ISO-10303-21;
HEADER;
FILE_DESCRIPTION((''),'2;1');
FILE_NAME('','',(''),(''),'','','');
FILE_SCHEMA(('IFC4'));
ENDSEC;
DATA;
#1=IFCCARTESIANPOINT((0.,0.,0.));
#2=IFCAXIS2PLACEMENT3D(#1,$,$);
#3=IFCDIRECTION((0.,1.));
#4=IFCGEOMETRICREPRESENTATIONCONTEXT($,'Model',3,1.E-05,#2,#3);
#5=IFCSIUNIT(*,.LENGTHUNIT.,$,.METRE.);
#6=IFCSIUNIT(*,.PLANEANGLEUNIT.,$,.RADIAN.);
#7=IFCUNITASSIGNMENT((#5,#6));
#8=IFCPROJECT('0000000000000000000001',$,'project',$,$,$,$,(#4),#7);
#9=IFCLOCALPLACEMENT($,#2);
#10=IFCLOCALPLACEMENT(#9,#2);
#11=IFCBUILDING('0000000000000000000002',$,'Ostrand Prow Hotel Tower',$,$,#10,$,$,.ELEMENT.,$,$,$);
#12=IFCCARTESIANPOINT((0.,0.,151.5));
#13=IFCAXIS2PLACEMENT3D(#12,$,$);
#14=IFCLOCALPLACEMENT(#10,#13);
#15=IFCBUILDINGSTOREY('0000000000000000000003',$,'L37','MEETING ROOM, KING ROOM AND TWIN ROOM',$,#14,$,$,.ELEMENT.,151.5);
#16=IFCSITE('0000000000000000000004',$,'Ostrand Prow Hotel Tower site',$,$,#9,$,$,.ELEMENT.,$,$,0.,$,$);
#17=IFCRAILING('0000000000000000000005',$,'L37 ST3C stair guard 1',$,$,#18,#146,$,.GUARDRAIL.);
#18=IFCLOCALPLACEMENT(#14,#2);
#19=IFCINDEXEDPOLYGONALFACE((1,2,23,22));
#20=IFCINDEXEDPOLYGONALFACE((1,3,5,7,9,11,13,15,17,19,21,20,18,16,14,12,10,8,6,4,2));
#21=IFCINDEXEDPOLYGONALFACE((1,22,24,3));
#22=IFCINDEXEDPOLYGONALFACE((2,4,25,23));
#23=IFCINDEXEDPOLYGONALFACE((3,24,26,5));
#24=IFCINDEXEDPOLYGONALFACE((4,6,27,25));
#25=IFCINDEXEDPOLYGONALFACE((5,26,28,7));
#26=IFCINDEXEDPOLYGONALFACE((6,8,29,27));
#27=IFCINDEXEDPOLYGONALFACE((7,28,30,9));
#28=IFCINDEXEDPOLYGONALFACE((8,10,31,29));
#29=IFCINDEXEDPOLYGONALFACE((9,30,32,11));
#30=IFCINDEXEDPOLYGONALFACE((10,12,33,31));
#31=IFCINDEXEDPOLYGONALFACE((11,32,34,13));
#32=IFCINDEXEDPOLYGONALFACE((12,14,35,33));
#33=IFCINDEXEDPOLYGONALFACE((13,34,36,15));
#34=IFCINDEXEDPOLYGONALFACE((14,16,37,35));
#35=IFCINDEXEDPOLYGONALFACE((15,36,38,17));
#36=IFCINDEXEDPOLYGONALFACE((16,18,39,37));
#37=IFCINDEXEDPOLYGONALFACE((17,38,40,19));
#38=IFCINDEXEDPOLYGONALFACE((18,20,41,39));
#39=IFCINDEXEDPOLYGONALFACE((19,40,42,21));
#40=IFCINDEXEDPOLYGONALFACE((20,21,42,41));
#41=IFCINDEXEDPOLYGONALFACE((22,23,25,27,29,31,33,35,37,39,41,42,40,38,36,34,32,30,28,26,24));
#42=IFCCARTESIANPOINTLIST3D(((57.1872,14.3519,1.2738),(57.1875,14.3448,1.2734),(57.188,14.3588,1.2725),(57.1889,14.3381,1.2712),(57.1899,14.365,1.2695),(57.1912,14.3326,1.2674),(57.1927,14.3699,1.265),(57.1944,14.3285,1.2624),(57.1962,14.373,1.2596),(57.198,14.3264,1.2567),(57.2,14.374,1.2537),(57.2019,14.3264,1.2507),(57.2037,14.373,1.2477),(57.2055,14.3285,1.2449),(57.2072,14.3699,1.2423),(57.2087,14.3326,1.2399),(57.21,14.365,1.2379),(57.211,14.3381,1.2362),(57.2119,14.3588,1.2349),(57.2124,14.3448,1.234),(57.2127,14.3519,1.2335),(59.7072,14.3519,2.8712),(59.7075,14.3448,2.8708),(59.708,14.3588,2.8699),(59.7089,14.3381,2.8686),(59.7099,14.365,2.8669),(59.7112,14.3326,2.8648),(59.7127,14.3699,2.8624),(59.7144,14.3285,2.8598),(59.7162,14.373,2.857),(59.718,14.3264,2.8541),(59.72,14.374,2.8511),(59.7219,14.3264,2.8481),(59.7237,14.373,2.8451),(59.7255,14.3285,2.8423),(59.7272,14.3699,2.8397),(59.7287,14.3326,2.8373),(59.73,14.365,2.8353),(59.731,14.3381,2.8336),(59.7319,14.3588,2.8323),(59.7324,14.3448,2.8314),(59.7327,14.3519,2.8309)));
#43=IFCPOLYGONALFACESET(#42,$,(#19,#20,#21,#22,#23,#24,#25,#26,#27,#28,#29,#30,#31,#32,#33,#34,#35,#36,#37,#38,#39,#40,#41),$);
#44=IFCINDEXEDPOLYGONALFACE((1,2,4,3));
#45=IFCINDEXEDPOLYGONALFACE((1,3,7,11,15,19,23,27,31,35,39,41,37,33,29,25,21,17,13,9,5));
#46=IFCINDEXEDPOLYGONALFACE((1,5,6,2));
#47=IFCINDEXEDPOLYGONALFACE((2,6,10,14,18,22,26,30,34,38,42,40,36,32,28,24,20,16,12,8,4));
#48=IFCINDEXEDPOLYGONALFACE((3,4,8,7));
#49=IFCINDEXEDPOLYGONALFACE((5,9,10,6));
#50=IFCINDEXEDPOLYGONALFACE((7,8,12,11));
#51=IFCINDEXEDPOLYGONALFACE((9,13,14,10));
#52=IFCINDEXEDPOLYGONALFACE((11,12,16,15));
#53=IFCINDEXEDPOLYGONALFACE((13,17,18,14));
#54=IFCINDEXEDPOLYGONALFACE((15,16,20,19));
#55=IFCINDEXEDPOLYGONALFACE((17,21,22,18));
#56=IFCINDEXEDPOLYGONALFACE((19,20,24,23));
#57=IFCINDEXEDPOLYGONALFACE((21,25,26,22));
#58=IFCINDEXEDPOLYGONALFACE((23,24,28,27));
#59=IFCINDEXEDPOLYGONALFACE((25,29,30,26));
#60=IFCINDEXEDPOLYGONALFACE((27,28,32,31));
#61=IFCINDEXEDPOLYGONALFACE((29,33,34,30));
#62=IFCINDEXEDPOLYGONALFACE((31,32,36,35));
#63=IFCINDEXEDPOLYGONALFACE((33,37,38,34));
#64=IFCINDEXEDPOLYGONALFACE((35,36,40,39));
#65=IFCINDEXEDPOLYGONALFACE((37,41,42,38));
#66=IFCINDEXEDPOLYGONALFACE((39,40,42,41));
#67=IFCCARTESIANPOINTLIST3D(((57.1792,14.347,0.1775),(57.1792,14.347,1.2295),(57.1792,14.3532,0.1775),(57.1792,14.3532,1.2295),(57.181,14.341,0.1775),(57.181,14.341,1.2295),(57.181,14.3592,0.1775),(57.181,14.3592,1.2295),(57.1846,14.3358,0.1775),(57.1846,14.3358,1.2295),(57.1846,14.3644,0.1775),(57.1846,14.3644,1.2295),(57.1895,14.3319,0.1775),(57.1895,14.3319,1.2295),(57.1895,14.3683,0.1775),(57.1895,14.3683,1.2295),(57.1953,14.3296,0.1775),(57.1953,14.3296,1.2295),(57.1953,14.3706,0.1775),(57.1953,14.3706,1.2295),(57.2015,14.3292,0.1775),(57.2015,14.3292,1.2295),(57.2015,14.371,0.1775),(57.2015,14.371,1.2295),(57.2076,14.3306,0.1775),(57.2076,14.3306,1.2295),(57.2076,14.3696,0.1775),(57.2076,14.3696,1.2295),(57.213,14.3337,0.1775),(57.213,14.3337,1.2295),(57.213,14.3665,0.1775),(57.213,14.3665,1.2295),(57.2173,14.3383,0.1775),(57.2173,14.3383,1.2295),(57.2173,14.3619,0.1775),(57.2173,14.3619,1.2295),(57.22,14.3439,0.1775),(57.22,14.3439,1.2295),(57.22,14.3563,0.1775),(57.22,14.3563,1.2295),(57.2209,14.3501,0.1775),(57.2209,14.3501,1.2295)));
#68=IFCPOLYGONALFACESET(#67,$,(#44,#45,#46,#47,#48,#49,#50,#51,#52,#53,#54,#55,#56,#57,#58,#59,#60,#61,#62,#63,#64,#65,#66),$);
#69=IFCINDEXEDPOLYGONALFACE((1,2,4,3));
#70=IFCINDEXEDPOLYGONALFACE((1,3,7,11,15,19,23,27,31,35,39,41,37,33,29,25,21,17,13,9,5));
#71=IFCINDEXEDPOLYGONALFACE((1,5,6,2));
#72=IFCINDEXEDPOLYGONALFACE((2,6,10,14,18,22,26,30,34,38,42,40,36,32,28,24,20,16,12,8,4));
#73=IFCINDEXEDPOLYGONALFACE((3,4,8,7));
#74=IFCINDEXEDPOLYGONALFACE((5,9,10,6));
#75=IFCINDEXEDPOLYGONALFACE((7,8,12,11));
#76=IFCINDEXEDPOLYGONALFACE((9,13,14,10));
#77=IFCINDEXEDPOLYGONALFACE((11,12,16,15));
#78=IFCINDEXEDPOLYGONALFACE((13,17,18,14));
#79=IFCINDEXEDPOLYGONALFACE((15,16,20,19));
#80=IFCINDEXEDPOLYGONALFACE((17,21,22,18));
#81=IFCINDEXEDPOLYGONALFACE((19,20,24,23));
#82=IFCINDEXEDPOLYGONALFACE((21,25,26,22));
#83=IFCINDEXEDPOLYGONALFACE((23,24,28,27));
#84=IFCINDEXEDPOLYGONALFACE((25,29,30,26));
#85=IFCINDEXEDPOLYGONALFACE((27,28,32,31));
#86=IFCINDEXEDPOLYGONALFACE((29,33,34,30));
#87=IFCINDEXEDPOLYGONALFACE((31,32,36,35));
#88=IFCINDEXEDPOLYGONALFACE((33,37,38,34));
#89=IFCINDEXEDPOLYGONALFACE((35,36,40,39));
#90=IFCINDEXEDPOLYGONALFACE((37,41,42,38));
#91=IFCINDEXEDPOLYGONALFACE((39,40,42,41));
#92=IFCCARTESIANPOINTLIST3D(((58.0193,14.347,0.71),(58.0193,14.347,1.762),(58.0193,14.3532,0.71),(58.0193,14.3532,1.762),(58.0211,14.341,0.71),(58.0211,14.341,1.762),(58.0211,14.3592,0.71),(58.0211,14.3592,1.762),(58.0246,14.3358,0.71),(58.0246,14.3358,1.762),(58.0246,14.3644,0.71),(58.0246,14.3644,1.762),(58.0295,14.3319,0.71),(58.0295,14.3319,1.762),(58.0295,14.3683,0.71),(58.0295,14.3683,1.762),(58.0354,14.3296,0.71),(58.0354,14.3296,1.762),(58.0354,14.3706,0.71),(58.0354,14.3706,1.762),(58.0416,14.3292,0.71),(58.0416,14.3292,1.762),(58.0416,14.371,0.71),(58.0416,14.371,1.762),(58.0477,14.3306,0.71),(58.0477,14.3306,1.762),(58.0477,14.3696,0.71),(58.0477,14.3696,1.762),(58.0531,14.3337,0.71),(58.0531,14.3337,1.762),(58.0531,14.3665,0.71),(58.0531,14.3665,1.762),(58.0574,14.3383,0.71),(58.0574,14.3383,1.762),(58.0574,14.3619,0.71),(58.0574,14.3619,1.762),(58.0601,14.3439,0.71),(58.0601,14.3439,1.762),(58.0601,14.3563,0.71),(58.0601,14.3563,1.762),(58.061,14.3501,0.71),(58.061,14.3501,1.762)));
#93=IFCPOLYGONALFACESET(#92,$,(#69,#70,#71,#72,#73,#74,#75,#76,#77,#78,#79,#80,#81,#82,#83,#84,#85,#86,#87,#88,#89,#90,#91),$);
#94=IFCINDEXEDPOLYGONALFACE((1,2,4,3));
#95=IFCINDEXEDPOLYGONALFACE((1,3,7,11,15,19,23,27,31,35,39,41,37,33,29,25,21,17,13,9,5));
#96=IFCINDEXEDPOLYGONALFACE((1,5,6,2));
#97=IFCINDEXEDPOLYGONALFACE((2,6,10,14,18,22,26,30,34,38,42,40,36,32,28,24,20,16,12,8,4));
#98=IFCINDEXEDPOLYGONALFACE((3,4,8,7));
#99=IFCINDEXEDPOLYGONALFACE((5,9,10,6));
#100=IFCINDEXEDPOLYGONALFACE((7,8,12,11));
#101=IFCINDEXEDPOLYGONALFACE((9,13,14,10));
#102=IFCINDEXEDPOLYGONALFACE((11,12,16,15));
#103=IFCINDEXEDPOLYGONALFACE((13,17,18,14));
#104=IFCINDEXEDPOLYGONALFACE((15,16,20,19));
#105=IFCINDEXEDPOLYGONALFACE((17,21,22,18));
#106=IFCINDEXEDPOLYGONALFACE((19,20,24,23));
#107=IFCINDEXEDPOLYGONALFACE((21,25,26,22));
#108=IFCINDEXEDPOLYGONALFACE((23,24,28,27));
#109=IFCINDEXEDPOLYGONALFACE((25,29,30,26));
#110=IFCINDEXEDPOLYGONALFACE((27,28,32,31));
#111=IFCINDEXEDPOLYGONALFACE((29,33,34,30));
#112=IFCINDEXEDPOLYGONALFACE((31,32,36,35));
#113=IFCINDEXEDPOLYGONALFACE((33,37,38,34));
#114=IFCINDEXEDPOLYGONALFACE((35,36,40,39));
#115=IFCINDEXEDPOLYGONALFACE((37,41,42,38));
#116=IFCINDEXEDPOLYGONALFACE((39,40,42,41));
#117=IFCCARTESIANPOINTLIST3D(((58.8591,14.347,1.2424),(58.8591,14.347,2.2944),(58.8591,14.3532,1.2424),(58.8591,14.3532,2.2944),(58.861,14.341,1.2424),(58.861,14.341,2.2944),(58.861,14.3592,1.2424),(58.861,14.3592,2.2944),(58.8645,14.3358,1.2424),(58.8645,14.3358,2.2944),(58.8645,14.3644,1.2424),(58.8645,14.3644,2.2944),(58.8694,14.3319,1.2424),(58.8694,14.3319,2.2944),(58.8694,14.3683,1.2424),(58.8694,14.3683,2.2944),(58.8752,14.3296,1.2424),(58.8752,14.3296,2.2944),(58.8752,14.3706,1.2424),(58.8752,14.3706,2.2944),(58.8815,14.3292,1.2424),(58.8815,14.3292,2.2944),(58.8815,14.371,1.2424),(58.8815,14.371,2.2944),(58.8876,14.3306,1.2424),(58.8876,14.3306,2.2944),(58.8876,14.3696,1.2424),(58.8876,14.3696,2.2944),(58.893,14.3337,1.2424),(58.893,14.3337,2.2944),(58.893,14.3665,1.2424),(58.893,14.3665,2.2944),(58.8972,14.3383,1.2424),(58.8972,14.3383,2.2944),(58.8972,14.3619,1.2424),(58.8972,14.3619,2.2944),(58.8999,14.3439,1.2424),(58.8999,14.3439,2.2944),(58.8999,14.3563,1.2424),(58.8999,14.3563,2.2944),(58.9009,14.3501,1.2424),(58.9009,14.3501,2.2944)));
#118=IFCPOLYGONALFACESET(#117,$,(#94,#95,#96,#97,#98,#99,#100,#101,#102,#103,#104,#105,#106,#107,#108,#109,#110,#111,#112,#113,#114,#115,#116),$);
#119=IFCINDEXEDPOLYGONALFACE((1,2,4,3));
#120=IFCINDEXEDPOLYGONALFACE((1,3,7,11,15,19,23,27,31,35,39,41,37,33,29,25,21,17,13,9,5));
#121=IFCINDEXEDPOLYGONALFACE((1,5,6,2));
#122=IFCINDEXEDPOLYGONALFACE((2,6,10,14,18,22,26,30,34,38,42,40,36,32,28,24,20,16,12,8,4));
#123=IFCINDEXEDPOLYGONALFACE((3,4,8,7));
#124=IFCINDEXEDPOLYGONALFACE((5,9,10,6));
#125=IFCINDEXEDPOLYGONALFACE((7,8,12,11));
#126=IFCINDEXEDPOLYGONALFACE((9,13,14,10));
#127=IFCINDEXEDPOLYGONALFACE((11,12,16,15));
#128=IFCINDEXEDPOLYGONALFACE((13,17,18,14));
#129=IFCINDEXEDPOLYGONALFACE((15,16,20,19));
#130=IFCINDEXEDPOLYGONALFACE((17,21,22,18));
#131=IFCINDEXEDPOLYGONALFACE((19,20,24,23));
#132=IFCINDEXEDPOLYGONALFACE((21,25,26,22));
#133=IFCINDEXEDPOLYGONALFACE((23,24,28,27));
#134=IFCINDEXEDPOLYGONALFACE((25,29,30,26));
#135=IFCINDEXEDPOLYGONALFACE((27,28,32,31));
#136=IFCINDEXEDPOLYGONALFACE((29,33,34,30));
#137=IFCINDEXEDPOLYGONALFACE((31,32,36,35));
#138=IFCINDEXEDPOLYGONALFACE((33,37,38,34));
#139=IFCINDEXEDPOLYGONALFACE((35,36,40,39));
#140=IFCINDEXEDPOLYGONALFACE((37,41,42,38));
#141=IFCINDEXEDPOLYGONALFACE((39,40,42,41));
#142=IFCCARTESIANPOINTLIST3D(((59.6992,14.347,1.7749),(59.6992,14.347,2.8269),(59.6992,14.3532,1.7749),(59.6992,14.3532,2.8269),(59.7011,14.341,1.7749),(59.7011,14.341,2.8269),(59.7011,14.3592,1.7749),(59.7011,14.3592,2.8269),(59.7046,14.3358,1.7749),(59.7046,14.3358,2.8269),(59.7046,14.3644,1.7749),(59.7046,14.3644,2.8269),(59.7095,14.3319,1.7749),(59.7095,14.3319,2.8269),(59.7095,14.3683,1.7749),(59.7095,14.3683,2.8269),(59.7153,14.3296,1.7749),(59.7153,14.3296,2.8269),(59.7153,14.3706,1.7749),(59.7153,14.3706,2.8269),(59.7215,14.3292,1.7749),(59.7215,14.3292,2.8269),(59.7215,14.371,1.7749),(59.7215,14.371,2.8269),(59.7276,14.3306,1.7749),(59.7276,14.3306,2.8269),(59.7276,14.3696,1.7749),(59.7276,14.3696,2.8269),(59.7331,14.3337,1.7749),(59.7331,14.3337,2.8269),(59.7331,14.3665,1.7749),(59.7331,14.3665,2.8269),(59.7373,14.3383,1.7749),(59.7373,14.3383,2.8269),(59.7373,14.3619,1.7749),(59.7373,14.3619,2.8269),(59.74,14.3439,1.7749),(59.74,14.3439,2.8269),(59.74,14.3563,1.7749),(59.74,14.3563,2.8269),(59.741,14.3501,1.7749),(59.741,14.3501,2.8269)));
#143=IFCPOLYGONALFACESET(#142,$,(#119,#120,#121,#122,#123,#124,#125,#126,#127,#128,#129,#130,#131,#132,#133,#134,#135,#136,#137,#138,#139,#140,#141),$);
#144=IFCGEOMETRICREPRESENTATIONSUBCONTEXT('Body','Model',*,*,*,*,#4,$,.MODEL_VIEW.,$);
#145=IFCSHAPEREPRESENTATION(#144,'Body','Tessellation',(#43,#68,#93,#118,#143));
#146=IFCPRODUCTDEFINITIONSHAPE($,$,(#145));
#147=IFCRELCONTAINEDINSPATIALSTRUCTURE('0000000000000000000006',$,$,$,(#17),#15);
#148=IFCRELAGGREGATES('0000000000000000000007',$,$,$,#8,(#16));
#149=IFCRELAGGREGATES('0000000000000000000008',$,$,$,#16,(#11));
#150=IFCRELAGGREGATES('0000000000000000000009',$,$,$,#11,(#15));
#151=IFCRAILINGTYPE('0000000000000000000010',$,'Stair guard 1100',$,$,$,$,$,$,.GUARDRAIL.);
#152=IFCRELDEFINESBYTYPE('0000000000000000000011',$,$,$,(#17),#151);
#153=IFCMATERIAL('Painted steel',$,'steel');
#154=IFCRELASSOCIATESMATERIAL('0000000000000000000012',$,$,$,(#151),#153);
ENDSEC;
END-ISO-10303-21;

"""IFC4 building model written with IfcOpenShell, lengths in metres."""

from ifc_helpers import new_model, si_unit, direction, frame, origin, origin_2d, place, context, subcontext, project, spatial, circle, extrude, material, type_object, element, save


model = new_model("IFC4")

# Units and contexts
model_context = context("Model", 3, precision=1e-05, world=origin(), true_north=direction((0.0, 1.0)))
body_context = subcontext(model_context, "Body", "Model", "MODEL_VIEW")
ifc_project = project(units=[si_unit("LENGTHUNIT", "METRE"), si_unit("PLANEANGLEUNIT", "RADIAN")], contexts=[model_context])

# Site, building, storey
site_placement = place(None, origin())
site = spatial("IfcSite", under=ifc_project, at=site_placement, Name="Ostrand Prow Hotel Tower site", CompositionType="ELEMENT", RefElevation=0.0)
building_placement = place(site_placement, origin())
building = spatial("IfcBuilding", under=site, at=building_placement, Name="Ostrand Prow Hotel Tower", CompositionType="ELEMENT")
storey_placement = place(building_placement, frame((0.0, 0.0, 151.5)))
storey = spatial("IfcBuildingStorey", under=building, at=storey_placement, Name="L37", Description="MEETING ROOM, KING ROOM AND TWIN ROOM", CompositionType="ELEMENT", Elevation=151.5)

# Railing
ifc_material_1 = material(Name="Painted steel", Category="steel")
railing_type_1 = type_object("IfcRailingType", Name="Stair guard 1100", PredefinedType="GUARDRAIL", material=ifc_material_1)
railing_1_placement = place(storey_placement, frame((57.2, 14.3501, 0.1775)))
element("IfcRailing", 1, at=railing_1_placement, inside=storey, type_object=railing_type_1, Name="L37 ST3C stair guard 1", PredefinedType="GUARDRAIL", context=body_context, shape_type="SweptSolid", body=[
    extrude(circle(Radius=0.0239, at=origin_2d()), frame((0.0, 0.0, 1.0762), z_axis=(0.844607, 0.0, 0.535387), x_axis=(0.0, 1.0, 0.0)), (0.0, 0.0, 1.0), 2.9836),
    extrude(circle(Radius=0.021, at=origin_2d()), origin(), (0.0, 0.0, 1.0), 1.052),
    extrude(circle(Radius=0.021, at=origin_2d()), frame((0.8401, 0.0, 0.5325)), (0.0, 0.0, 1.0), 1.052),
    extrude(circle(Radius=0.021, at=origin_2d()), frame((1.6799, 0.0, 1.0649)), (0.0, 0.0, 1.0), 1.052),
    extrude(circle(Radius=0.021, at=origin_2d()), frame((2.52, 0.0, 1.5974)), (0.0, 0.0, 1.0), 1.052),
])

save(model, "model.ifc")
